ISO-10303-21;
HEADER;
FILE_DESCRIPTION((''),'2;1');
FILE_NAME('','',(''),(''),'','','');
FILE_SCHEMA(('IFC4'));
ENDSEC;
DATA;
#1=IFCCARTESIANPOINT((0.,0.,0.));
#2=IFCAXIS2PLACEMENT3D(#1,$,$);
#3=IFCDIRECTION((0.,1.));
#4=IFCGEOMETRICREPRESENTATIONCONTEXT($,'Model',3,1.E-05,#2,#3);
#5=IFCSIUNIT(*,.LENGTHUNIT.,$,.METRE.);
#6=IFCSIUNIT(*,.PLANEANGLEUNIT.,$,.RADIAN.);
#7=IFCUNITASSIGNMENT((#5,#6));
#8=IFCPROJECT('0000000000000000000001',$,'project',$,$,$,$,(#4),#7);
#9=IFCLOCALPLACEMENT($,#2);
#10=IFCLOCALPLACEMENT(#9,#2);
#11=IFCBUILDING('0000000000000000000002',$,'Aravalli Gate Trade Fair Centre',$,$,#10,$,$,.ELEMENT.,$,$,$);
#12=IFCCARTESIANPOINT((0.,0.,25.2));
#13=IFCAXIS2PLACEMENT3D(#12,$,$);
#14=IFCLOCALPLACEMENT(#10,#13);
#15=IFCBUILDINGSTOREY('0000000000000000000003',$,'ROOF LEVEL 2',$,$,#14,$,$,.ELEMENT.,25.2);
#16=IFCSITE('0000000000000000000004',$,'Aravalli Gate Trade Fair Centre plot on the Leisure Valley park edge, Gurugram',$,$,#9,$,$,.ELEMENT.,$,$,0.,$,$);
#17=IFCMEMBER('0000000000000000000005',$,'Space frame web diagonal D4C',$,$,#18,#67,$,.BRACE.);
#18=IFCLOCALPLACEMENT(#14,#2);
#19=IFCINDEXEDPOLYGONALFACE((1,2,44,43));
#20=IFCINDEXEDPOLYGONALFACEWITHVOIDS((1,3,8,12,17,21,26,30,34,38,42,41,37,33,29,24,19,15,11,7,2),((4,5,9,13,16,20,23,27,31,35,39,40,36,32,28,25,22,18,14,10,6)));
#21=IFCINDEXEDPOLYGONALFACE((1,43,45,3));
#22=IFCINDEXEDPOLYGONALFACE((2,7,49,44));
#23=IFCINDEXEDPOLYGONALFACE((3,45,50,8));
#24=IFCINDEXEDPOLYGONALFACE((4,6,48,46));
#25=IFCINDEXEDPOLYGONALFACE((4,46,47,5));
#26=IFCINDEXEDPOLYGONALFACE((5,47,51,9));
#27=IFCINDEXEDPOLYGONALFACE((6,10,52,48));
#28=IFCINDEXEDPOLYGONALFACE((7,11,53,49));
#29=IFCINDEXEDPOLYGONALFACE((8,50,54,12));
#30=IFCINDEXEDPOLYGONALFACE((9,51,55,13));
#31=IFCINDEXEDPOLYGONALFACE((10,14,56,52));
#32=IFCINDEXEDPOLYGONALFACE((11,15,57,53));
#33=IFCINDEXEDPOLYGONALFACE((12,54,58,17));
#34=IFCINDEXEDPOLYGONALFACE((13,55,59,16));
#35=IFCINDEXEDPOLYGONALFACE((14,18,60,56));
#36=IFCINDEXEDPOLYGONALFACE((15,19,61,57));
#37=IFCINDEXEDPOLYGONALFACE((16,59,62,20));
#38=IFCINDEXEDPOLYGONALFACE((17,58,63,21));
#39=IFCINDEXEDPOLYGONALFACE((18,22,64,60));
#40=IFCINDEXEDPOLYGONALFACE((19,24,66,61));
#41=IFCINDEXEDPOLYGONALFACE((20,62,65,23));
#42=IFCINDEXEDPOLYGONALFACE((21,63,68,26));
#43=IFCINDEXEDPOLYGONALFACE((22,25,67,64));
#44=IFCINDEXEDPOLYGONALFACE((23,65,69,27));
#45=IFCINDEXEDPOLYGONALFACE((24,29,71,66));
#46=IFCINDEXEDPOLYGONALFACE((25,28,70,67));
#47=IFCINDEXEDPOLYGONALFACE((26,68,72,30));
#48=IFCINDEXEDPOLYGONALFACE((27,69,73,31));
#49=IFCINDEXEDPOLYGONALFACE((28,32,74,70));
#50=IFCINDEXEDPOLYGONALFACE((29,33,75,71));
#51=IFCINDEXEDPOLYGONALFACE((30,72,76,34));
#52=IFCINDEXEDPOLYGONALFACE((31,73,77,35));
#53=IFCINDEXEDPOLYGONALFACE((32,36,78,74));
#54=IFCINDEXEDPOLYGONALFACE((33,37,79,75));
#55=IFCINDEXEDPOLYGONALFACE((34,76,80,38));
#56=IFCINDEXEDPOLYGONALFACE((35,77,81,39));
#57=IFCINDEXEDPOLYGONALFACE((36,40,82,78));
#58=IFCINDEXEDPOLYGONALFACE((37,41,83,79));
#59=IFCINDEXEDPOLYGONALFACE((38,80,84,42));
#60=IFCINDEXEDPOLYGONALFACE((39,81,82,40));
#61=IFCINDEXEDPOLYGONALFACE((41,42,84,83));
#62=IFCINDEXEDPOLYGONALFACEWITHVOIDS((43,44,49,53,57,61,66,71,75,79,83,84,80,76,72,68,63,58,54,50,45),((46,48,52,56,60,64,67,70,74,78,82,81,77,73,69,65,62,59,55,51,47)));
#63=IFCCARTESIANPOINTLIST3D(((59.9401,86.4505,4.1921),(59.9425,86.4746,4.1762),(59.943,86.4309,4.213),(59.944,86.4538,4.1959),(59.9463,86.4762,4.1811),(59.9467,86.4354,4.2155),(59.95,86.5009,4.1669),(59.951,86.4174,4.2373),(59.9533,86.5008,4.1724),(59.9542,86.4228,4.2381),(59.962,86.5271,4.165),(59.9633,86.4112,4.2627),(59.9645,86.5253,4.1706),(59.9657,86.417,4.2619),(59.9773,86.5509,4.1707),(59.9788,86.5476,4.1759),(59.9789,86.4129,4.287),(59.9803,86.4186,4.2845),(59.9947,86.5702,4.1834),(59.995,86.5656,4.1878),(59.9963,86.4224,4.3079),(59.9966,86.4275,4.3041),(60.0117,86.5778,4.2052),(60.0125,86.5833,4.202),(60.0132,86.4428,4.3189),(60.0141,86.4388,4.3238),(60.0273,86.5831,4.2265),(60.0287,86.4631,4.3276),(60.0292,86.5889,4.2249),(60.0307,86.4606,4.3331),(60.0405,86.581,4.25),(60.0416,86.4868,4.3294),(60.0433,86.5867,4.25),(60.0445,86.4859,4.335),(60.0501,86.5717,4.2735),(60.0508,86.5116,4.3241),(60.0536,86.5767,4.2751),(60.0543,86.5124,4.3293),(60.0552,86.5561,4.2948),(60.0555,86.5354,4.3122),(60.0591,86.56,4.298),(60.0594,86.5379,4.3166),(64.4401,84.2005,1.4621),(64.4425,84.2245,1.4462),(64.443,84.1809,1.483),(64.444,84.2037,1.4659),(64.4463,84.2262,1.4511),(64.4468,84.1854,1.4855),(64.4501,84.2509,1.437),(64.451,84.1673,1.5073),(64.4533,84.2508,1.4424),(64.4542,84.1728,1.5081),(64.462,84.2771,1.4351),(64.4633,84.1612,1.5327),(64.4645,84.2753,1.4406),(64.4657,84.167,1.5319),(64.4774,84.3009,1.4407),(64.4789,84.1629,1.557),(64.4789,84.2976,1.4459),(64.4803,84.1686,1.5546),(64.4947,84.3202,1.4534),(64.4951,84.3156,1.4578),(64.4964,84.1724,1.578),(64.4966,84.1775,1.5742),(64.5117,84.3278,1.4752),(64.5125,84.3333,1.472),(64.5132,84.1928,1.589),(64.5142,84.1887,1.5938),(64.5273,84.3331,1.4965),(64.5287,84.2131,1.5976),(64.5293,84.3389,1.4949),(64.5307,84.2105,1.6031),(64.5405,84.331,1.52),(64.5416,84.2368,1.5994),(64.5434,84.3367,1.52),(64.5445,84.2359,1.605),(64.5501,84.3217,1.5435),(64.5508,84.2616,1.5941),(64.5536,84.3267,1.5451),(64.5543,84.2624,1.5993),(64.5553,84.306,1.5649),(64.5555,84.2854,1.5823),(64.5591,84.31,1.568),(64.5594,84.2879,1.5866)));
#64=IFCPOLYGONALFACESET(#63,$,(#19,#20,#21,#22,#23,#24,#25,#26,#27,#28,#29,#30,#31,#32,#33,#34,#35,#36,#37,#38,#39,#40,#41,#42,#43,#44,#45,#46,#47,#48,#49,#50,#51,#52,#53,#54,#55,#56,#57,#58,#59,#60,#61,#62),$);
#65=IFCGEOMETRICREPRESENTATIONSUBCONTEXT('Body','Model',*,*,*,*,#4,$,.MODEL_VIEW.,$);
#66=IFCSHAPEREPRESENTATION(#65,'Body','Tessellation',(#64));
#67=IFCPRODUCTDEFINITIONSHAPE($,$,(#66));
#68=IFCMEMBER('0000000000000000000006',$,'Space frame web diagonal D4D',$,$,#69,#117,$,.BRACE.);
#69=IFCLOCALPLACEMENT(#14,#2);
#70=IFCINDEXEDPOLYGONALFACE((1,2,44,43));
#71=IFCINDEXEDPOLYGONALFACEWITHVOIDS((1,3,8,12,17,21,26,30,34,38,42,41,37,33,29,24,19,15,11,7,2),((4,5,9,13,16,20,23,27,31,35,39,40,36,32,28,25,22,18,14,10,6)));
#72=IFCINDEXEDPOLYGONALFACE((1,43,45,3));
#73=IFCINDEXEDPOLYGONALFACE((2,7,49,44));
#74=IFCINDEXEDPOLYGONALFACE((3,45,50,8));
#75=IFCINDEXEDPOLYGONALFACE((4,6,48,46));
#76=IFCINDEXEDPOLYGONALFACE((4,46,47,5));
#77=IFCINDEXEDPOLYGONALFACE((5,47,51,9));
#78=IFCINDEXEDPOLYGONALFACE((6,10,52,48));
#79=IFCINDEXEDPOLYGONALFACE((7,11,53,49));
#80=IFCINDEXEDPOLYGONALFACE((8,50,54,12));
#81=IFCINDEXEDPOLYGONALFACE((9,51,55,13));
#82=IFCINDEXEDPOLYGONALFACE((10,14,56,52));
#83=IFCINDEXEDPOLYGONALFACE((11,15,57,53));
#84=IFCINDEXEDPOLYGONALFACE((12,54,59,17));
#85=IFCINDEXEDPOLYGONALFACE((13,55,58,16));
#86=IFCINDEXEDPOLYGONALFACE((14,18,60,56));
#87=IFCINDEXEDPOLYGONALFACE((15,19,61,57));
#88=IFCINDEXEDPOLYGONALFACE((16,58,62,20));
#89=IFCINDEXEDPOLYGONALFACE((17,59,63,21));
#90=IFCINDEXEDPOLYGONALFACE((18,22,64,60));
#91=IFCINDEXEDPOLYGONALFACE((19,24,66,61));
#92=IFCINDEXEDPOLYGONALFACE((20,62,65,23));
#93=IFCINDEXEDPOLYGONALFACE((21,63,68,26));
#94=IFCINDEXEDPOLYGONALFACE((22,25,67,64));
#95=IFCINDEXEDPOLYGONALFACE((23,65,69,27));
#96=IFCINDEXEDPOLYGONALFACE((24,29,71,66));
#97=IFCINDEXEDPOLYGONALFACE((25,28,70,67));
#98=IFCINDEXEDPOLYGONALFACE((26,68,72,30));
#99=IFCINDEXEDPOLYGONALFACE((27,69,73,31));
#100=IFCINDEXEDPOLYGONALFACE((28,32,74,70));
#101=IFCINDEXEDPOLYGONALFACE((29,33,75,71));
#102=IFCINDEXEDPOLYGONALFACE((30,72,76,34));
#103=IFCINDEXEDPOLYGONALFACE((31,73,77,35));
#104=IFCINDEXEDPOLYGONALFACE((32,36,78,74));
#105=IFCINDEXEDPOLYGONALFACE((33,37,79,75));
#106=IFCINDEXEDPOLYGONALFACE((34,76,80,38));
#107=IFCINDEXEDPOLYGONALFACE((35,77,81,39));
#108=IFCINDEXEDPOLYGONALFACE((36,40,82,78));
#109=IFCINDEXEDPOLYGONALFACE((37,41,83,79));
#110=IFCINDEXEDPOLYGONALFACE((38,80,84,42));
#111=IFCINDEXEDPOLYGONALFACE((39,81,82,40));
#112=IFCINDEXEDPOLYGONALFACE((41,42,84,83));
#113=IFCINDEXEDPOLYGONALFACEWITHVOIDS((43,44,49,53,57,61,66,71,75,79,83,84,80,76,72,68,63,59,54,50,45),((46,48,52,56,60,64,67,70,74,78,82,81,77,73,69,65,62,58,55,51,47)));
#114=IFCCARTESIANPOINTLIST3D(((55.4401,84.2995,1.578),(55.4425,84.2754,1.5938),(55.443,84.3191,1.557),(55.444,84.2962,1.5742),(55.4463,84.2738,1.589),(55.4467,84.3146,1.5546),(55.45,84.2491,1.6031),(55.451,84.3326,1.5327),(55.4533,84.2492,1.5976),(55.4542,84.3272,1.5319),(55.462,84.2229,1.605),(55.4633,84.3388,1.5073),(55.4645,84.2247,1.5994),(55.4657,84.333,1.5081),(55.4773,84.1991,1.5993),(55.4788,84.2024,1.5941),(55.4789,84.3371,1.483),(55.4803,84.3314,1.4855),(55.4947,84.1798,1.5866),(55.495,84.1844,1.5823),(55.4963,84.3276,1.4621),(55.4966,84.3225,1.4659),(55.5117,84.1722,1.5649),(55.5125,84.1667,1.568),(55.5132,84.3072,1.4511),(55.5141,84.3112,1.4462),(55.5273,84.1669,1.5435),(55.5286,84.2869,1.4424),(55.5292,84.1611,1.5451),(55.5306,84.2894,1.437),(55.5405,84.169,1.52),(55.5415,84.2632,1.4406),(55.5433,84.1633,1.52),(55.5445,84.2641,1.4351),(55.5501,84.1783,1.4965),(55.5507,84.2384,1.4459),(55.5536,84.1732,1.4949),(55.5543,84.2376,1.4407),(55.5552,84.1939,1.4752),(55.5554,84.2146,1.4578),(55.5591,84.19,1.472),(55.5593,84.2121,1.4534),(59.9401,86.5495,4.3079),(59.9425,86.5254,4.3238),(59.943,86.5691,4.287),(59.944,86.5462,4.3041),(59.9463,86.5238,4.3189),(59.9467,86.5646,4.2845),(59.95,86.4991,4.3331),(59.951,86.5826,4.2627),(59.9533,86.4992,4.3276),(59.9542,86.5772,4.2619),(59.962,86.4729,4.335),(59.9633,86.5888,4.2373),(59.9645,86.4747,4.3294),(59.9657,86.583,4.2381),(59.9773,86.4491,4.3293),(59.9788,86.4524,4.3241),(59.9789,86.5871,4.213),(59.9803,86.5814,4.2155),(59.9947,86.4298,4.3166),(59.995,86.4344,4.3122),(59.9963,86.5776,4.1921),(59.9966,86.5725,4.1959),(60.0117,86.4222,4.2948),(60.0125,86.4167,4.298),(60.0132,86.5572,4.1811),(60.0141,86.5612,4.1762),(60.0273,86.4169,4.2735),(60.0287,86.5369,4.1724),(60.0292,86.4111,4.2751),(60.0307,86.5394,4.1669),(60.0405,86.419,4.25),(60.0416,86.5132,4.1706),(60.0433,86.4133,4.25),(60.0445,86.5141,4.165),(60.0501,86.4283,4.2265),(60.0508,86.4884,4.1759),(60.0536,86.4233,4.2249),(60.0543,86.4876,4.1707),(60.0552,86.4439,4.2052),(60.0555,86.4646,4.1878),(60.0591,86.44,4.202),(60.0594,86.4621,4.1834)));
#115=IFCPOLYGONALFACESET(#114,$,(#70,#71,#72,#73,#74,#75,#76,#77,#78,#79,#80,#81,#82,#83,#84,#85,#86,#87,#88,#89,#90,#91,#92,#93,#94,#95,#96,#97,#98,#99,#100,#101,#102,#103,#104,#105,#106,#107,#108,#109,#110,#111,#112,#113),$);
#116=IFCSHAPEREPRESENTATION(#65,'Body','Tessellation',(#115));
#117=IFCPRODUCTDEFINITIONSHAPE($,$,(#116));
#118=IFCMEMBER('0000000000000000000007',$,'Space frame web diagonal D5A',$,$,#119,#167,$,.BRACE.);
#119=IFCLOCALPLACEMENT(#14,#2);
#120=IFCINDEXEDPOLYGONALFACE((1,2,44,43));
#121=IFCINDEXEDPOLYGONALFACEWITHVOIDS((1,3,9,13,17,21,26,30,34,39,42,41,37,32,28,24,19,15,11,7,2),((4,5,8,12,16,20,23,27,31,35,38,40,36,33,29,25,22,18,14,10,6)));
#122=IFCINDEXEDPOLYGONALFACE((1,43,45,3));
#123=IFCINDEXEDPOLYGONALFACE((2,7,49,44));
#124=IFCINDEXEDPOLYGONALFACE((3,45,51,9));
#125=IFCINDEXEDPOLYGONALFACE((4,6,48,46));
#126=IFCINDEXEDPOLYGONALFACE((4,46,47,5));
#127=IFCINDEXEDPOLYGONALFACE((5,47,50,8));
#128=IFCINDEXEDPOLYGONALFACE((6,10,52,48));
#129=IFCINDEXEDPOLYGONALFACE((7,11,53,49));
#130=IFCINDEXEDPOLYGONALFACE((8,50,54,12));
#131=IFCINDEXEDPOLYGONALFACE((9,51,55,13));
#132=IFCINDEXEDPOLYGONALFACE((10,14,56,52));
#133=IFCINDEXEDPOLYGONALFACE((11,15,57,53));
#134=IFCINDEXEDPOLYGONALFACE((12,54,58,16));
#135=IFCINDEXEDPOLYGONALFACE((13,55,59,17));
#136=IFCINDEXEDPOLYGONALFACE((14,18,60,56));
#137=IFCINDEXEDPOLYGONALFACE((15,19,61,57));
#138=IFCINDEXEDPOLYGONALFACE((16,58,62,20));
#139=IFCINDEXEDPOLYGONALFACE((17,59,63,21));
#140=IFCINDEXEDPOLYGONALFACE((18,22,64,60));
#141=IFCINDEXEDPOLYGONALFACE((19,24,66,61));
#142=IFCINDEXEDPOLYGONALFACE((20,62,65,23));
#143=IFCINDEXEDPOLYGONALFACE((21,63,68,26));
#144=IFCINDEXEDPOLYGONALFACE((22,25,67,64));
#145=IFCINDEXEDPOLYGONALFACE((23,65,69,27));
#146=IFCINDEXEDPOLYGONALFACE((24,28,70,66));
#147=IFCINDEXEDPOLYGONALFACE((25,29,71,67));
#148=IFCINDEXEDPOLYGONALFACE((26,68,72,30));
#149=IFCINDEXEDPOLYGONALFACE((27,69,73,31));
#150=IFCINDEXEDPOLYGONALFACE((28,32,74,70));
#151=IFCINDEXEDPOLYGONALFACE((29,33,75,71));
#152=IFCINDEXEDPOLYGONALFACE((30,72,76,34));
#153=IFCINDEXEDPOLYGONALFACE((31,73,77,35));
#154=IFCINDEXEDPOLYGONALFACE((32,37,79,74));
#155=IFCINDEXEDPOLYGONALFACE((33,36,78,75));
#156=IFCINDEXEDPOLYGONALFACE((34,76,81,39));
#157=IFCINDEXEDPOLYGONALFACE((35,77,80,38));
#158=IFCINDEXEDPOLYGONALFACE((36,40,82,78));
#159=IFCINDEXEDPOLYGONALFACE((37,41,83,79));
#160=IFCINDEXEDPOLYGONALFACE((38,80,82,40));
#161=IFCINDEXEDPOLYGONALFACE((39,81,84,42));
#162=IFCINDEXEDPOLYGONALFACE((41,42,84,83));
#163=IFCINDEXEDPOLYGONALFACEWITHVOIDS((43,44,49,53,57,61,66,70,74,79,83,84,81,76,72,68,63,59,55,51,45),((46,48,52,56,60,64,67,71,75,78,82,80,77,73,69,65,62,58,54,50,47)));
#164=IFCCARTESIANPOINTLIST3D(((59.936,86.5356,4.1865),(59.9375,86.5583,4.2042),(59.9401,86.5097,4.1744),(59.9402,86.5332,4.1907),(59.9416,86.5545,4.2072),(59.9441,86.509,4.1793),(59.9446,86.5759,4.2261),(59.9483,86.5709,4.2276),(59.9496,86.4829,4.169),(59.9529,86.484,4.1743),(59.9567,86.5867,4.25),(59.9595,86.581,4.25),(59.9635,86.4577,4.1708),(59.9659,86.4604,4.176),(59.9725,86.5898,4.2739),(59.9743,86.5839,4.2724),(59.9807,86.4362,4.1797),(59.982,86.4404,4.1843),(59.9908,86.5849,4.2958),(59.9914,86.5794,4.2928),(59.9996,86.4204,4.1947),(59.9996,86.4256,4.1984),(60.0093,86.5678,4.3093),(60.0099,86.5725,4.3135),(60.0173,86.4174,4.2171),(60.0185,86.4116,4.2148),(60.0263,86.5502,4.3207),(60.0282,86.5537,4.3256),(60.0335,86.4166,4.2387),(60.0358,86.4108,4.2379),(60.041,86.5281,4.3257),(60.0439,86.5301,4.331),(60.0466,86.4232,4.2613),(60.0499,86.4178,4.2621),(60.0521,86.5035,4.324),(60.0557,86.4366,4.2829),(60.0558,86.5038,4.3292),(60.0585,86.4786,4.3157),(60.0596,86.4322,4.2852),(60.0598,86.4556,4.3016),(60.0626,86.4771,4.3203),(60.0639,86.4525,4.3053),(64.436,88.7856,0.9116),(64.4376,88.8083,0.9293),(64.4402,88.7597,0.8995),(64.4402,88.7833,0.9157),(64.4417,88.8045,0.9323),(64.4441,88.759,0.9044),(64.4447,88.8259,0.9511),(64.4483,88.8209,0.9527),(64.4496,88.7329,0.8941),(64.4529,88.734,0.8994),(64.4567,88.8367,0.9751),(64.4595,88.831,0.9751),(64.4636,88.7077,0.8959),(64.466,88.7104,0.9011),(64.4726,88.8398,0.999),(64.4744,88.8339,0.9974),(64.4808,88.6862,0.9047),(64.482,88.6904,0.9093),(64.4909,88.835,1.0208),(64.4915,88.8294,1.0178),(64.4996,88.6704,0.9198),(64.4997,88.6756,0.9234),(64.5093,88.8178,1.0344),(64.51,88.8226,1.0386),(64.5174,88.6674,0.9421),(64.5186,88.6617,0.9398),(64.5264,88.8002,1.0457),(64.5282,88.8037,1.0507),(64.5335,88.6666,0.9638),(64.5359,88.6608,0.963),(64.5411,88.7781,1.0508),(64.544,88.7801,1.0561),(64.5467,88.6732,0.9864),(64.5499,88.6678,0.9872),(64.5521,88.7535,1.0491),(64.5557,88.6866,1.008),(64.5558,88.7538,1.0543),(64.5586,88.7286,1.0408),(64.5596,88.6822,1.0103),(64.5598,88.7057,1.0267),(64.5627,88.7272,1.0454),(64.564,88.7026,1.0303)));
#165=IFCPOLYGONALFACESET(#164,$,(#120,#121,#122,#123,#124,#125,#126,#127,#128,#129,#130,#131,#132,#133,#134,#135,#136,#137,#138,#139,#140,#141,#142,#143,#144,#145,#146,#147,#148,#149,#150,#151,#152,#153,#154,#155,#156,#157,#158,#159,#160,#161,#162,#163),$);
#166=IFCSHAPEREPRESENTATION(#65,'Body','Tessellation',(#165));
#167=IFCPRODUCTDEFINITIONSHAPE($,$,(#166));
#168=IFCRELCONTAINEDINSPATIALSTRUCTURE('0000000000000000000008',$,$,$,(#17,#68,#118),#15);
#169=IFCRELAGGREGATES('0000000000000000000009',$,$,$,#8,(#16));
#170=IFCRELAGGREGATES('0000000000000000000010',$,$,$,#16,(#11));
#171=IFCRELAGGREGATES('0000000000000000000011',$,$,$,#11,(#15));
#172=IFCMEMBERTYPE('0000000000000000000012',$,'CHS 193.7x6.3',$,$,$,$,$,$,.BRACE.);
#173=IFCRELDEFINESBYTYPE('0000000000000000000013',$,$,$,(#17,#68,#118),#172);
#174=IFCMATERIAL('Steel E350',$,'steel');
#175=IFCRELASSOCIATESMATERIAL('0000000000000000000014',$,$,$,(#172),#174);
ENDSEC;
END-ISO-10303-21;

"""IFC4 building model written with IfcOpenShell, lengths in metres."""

from ifc_helpers import new_model, si_unit, direction, frame, origin, origin_2d, place, context, subcontext, project, spatial, hollow_circle, extrude, material, material_profile, profile_set, type_object, element, save


model = new_model("IFC4")

# Units and contexts
model_context = context("Model", 3, precision=1e-05, world=origin(), true_north=direction((0.0, 1.0)))
body_context = subcontext(model_context, "Body", "Model", "MODEL_VIEW")
ifc_project = project(units=[si_unit("LENGTHUNIT", "METRE"), si_unit("PLANEANGLEUNIT", "RADIAN")], contexts=[model_context])

# Site, building, storey
site_placement = place(None, origin())
site = spatial("IfcSite", under=ifc_project, at=site_placement, Name="Aravalli Gate Trade Fair Centre plot on the Leisure Valley park edge, Gurugram", CompositionType="ELEMENT", RefElevation=0.0)
building_placement = place(site_placement, origin())
building = spatial("IfcBuilding", under=site, at=building_placement, Name="Aravalli Gate Trade Fair Centre", CompositionType="ELEMENT")
storey_placement = place(building_placement, frame((0.0, 0.0, 25.2)))
storey = spatial("IfcBuildingStorey", under=building, at=storey_placement, Name="ROOF LEVEL 2", CompositionType="ELEMENT", Elevation=25.2)

# Members
ifc_material = material(Name="Steel E350", Category="steel")
ifc_material_profile_1 = material_profile(ifc_material, hollow_circle(Radius=0.0969, WallThickness=0.0063, at=origin_2d()), Name="CHS 193.7x6.3")
ifc_profile_set_1 = profile_set([ifc_material_profile_1], Name="Steel E350")
member_type_1 = type_object("IfcMemberType", Name="CHS 193.7x6.3", PredefinedType="BRACE", material=ifc_profile_set_1)
for number, where, z_axis, x_axis, name in (
    (1, (60.0, 86.5, 4.25), (0.78615, -0.393075, -0.476928), (0.447214, 0.894427, 0.0), "Space frame web diagonal D4C"),
    (2, (60.0, 86.5, 4.25), (-0.78615, -0.393075, -0.476928), (0.447214, -0.894427, 0.0), "Space frame web diagonal D4D"),
):
    element("IfcMember", number, at=place(storey_placement, frame(where, z_axis=z_axis, x_axis=x_axis)), inside=storey, type_object=member_type_1, Name=name, PredefinedType="BRACE", context=body_context, shape_type="SweptSolid", body=[
        extrude(hollow_circle(Radius=0.0969, WallThickness=0.0063, at=origin_2d()), origin(), (0.0, 0.0, 1.0), 5.7241),
    ])
member_1_placement = place(storey_placement, frame((60.0, 86.5, 4.25), z_axis=(0.74961, 0.374805, -0.545533), x_axis=(-0.447214, 0.894427, 0.0)))
element("IfcMember", 3, at=member_1_placement, inside=storey, type_object=member_type_1, Name="Space frame web diagonal D5A", PredefinedType="BRACE", context=body_context, shape_type="SweptSolid", body=[
    extrude(hollow_circle(Radius=0.0969, WallThickness=0.0063, at=origin_2d()), origin(), (0.0, 0.0, 1.0), 6.0032),
])

save(model, "model.ifc")
